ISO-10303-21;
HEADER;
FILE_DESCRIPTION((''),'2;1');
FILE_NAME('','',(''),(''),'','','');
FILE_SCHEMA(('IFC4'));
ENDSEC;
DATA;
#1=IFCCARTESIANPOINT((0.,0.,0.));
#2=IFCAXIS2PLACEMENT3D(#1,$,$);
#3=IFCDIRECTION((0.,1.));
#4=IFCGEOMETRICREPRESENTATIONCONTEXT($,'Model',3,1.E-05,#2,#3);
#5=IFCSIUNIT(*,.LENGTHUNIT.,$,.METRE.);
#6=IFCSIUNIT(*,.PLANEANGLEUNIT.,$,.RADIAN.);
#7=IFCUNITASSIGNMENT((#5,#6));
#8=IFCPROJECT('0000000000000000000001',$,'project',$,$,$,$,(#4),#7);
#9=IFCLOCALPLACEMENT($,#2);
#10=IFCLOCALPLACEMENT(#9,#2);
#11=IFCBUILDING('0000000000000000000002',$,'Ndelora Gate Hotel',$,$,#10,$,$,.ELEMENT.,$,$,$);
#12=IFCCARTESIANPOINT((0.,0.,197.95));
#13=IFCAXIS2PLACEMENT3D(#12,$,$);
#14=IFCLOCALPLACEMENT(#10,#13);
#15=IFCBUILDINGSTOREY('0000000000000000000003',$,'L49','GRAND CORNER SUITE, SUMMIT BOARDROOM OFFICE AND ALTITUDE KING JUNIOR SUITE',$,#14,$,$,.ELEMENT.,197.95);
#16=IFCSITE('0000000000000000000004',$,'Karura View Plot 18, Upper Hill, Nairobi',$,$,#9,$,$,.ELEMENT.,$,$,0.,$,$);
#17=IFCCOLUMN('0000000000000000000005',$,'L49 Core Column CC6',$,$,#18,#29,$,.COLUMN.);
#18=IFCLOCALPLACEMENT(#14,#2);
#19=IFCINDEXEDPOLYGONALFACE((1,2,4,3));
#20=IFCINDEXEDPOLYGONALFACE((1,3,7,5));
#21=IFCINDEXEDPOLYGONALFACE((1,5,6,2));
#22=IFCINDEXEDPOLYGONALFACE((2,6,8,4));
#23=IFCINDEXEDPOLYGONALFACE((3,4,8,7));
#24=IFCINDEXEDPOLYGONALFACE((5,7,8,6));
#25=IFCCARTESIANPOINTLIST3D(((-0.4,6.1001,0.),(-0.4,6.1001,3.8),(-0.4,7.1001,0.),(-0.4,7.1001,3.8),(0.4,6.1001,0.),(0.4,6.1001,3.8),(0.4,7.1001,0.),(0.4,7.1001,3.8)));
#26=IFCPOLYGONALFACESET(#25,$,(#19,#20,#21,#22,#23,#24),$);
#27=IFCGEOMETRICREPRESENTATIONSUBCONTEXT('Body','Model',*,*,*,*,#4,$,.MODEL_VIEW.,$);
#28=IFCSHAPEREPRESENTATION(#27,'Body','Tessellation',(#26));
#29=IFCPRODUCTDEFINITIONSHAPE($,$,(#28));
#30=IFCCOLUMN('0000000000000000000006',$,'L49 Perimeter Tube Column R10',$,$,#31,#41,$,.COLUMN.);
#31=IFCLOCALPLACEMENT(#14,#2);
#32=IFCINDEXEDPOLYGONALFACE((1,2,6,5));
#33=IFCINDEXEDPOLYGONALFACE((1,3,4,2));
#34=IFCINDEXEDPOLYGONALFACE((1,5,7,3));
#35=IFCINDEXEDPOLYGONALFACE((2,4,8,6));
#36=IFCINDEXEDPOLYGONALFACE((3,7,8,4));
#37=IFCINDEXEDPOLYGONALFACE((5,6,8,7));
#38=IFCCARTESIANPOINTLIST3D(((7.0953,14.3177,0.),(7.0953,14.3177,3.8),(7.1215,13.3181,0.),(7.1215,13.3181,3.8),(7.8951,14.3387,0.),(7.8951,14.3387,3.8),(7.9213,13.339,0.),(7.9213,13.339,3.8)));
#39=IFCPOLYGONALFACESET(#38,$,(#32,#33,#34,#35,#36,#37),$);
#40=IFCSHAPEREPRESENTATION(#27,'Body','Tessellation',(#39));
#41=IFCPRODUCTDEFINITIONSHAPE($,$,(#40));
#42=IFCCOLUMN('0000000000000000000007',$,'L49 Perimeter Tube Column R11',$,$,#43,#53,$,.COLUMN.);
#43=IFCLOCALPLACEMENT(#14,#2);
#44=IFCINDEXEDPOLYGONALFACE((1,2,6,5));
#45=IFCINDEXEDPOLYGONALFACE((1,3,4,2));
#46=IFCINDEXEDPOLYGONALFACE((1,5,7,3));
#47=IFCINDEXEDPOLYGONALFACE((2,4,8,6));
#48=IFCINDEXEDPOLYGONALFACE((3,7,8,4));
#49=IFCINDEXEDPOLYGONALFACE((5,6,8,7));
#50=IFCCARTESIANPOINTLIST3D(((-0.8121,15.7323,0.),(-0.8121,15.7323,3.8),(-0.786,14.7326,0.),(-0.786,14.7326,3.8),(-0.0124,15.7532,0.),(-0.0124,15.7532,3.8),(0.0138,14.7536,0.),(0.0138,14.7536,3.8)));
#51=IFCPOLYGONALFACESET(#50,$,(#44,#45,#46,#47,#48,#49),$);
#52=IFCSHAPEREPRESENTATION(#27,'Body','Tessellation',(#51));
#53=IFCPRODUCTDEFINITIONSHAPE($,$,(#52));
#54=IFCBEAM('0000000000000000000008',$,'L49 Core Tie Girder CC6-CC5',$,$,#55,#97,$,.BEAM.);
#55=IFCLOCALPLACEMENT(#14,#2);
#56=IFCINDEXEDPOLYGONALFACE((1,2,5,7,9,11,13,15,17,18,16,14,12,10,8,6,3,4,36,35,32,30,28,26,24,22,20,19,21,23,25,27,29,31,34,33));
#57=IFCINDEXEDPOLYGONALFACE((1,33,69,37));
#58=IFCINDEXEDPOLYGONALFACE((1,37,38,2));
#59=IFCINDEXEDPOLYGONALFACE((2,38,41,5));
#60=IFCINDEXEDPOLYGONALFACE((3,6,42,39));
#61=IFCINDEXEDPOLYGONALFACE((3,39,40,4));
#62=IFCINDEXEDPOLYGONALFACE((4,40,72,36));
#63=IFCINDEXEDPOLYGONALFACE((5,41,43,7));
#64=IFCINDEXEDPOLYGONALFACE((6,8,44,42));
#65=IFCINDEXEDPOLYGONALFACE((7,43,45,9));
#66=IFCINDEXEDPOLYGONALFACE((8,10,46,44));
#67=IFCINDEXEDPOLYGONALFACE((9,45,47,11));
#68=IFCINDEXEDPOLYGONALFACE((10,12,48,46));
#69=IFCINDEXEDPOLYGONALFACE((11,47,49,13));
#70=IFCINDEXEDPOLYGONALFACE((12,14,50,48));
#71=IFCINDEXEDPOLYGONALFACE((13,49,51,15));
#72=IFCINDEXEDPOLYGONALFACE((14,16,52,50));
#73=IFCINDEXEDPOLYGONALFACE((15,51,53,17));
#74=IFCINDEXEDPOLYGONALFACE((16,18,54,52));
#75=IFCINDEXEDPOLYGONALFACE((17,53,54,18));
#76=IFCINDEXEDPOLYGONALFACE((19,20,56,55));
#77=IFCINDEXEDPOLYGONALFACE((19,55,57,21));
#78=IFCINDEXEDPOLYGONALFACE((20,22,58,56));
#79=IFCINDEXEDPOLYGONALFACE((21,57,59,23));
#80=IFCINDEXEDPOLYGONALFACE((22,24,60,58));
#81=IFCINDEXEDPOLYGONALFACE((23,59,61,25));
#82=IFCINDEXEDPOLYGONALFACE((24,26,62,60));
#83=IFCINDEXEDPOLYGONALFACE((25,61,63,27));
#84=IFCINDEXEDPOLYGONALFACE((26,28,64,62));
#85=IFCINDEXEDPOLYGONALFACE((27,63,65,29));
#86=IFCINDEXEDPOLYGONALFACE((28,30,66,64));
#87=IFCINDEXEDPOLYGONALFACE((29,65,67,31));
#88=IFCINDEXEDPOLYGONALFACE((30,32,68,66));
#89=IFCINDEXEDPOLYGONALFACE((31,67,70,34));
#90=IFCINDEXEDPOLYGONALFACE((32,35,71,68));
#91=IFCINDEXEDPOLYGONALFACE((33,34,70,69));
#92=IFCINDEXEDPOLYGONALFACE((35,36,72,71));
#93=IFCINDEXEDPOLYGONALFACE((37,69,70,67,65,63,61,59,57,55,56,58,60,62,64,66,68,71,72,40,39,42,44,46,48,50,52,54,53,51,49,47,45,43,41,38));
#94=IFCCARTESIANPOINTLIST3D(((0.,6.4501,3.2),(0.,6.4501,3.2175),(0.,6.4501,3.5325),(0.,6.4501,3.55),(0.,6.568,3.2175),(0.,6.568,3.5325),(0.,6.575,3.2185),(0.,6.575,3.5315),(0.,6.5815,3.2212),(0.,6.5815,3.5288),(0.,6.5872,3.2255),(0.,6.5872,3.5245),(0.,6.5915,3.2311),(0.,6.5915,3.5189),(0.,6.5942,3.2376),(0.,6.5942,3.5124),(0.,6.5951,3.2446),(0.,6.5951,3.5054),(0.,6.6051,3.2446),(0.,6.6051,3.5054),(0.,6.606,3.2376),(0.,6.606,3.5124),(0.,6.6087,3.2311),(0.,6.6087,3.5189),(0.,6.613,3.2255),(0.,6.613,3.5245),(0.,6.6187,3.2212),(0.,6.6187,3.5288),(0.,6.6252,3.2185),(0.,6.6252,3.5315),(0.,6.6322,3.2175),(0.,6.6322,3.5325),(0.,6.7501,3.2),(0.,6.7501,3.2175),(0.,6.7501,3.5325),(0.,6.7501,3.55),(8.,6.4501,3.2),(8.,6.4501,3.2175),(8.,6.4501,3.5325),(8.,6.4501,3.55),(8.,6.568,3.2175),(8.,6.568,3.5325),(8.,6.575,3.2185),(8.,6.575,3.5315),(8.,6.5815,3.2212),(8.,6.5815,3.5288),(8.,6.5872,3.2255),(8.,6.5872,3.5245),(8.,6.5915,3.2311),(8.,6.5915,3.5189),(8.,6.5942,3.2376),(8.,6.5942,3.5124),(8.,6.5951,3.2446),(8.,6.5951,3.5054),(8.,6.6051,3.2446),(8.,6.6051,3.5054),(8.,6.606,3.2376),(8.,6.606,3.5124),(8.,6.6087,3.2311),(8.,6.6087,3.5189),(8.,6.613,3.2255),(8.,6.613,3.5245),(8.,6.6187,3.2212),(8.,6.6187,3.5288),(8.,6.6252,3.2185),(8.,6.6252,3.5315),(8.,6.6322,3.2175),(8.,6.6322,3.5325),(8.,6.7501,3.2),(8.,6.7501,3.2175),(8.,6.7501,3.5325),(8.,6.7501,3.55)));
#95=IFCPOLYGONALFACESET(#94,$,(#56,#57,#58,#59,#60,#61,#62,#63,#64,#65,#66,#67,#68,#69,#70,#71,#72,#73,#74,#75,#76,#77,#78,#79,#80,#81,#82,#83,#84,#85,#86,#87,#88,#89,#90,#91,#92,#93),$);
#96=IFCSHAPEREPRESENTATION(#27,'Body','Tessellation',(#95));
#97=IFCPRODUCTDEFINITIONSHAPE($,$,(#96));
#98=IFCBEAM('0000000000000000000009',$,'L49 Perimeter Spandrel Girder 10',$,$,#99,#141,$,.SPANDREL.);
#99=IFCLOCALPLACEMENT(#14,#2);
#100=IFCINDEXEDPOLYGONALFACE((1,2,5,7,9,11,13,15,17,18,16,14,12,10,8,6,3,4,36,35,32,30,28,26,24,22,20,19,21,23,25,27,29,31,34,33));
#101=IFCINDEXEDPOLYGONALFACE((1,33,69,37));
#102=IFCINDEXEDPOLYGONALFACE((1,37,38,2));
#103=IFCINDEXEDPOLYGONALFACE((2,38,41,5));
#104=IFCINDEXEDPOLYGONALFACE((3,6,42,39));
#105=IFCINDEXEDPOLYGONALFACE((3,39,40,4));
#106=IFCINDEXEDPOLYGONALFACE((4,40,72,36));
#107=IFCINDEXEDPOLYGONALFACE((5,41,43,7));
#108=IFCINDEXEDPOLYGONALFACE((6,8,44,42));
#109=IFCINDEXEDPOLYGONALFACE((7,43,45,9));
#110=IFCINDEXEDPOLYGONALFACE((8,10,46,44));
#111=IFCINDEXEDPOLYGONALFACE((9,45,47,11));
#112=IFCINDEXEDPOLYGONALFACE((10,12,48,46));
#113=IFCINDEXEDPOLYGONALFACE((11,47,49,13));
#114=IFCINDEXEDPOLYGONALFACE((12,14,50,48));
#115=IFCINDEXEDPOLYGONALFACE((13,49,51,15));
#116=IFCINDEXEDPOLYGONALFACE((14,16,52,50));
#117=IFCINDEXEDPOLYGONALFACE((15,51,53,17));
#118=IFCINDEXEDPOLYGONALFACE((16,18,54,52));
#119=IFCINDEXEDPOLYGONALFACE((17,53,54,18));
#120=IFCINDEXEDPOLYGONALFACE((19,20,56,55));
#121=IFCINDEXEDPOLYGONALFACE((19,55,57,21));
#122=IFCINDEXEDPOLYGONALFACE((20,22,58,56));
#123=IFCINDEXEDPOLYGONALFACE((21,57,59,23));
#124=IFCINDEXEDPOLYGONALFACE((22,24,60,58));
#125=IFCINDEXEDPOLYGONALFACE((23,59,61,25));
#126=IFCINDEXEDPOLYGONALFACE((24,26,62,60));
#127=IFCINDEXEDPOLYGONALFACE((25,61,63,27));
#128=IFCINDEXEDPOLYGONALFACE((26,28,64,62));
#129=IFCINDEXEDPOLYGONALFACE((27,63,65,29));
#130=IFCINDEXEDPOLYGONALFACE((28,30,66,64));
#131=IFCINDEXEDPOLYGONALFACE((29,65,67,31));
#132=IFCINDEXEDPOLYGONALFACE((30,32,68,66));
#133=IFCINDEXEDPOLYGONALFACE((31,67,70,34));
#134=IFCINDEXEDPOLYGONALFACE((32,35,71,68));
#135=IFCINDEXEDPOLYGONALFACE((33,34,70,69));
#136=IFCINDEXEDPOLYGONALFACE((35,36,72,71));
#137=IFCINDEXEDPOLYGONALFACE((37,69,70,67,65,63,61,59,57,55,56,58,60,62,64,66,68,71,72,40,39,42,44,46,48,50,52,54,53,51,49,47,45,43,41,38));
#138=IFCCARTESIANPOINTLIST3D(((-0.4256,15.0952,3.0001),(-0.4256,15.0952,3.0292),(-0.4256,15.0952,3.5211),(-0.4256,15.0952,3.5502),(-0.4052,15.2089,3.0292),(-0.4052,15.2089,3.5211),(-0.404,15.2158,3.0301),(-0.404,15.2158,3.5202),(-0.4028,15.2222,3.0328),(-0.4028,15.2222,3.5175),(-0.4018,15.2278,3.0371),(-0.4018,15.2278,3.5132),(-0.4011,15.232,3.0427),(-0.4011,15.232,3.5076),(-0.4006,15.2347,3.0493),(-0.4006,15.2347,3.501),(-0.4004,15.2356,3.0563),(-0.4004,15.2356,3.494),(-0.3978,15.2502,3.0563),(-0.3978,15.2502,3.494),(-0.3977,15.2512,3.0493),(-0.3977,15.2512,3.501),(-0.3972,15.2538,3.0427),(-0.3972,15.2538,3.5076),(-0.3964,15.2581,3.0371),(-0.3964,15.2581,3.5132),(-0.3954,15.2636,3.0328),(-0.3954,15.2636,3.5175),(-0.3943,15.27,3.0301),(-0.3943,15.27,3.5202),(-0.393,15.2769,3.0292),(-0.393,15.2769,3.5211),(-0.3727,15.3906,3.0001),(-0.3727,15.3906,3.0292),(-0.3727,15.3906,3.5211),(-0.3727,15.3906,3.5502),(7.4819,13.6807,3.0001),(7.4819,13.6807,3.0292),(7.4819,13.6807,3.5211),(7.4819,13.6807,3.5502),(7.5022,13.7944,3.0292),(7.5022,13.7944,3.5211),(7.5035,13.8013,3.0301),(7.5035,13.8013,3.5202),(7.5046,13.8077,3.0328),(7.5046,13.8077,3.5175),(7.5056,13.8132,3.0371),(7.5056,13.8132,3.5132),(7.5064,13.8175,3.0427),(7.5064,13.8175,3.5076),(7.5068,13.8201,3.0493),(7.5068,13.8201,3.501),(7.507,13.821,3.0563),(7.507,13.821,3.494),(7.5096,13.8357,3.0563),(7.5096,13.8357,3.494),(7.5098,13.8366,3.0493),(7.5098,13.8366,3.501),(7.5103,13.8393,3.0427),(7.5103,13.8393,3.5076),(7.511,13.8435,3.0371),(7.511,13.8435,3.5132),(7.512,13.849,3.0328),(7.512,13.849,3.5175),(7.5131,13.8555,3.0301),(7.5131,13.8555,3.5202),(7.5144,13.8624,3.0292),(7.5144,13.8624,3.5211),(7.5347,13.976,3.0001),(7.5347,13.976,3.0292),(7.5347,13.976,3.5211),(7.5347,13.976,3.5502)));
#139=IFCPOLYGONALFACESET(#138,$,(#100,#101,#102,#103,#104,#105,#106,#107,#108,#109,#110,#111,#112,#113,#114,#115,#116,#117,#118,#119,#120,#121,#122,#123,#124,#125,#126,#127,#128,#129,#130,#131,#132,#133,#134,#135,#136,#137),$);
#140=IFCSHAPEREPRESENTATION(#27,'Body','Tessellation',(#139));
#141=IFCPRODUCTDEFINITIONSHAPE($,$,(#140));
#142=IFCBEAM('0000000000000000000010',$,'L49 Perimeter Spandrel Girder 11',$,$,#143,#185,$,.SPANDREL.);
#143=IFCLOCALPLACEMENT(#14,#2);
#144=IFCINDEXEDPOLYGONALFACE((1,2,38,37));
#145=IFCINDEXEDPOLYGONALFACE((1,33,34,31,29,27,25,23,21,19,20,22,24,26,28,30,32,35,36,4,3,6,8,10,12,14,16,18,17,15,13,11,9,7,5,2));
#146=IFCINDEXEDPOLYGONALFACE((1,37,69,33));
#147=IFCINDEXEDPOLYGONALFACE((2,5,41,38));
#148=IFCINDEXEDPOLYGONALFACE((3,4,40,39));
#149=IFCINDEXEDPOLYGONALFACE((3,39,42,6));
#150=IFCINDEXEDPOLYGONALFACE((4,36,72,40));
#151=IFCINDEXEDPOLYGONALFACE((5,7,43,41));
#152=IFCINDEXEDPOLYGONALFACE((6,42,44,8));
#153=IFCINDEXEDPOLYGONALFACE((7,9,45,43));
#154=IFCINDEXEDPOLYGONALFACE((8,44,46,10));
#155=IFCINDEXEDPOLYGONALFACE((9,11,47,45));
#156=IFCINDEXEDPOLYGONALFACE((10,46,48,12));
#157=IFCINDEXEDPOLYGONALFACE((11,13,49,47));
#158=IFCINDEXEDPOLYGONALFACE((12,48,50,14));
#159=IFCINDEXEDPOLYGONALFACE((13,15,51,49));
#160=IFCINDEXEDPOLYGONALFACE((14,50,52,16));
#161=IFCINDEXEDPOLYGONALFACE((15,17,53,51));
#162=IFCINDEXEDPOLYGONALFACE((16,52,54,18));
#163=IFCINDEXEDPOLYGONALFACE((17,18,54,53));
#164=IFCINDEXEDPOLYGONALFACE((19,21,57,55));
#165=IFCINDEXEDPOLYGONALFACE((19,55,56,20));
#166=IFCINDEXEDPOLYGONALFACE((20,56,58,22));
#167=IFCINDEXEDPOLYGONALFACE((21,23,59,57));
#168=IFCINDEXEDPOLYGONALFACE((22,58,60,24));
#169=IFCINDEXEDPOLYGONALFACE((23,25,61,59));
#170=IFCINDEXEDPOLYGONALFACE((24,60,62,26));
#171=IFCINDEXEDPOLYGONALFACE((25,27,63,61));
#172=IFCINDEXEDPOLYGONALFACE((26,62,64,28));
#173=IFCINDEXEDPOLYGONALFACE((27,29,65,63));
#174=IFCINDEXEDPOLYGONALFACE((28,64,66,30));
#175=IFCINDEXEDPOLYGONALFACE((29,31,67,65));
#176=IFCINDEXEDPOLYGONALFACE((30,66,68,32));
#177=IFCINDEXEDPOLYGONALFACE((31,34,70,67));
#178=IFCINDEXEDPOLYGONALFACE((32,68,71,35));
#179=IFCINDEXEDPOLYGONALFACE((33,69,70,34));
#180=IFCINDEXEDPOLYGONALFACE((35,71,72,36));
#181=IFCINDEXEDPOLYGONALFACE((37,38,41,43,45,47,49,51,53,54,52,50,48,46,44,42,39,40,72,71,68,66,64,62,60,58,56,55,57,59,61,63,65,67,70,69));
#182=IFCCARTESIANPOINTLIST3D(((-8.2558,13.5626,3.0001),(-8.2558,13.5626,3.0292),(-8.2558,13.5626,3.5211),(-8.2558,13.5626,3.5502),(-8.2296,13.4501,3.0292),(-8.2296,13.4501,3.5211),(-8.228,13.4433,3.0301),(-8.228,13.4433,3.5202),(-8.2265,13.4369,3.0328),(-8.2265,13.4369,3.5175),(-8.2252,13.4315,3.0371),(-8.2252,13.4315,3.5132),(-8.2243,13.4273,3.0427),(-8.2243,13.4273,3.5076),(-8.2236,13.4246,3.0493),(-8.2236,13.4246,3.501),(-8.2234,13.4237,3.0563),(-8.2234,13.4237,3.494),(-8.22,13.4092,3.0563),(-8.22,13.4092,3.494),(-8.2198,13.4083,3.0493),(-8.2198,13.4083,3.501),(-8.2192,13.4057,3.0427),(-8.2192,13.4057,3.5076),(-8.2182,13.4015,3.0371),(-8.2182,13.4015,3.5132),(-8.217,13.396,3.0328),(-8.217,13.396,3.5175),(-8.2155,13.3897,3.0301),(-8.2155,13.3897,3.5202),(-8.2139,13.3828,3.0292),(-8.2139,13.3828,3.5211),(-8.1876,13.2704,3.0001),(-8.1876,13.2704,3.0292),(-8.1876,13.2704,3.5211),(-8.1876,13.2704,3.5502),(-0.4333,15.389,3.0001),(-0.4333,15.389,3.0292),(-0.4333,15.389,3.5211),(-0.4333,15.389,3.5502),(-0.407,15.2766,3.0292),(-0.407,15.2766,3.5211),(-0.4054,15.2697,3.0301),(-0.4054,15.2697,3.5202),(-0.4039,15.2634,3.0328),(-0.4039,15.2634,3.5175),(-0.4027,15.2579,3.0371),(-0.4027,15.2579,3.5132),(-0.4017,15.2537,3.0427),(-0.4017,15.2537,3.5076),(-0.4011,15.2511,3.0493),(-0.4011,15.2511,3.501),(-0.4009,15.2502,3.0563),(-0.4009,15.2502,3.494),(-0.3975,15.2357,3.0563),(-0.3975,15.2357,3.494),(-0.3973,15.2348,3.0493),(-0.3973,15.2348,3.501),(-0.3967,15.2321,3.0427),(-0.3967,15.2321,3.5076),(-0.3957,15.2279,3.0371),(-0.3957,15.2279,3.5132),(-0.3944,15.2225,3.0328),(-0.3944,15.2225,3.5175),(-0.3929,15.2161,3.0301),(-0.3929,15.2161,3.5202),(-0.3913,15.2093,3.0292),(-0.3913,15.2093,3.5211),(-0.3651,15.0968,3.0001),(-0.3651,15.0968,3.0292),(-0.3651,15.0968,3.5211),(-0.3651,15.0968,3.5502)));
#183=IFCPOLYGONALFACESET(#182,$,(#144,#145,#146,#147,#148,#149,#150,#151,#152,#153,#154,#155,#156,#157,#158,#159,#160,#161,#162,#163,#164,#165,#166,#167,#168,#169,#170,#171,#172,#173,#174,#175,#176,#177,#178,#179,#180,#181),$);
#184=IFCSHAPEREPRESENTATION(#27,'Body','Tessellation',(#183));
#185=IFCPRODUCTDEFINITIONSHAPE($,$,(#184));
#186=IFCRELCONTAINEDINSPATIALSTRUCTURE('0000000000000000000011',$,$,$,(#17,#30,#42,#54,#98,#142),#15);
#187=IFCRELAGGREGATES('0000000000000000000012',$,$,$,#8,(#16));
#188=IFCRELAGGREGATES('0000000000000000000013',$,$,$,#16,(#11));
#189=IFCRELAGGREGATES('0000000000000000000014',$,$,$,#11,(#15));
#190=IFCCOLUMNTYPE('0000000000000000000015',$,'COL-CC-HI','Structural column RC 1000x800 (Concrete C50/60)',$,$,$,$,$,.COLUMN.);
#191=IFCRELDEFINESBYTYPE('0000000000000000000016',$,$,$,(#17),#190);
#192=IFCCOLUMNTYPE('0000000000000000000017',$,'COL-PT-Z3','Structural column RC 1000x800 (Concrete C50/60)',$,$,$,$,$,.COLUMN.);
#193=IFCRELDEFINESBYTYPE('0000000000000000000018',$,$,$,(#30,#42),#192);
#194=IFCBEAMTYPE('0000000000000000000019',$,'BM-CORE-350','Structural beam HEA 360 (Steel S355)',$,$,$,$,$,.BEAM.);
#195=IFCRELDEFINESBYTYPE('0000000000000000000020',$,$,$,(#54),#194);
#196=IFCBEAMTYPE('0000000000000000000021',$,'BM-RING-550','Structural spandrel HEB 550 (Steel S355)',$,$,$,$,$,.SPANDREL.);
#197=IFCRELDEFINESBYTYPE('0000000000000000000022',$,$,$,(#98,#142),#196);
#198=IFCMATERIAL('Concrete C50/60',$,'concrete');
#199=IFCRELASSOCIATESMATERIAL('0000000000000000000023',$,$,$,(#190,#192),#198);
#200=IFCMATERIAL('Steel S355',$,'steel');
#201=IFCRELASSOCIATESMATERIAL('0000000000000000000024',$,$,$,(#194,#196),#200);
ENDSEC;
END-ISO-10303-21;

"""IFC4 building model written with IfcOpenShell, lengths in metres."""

from ifc_helpers import new_model, si_unit, direction, frame, origin, origin_2d, place, context, subcontext, project, spatial, rectangle, i_section, extrude, material, material_profile, profile_set, type_object, element, save


model = new_model("IFC4")

# Units and contexts
model_context = context("Model", 3, precision=1e-05, world=origin(), true_north=direction((0.0, 1.0)))
body_context = subcontext(model_context, "Body", "Model", "MODEL_VIEW")
ifc_project = project(units=[si_unit("LENGTHUNIT", "METRE"), si_unit("PLANEANGLEUNIT", "RADIAN")], contexts=[model_context])

# Site, building, storey
site_placement = place(None, origin())
site = spatial("IfcSite", under=ifc_project, at=site_placement, Name="Karura View Plot 18, Upper Hill, Nairobi", CompositionType="ELEMENT", RefElevation=0.0)
building_placement = place(site_placement, origin())
building = spatial("IfcBuilding", under=site, at=building_placement, Name="Ndelora Gate Hotel", CompositionType="ELEMENT")
storey_placement = place(building_placement, frame((0.0, 0.0, 197.95)))
storey = spatial("IfcBuildingStorey", under=building, at=storey_placement, Name="L49", Description="GRAND CORNER SUITE, SUMMIT BOARDROOM OFFICE AND ALTITUDE KING JUNIOR SUITE", CompositionType="ELEMENT", Elevation=197.95)

# Columns
ifc_material_1 = material(Name="Concrete C50/60", Category="concrete")
ifc_material_profile_1 = material_profile(ifc_material_1, rectangle(XDim=0.8, YDim=1.0, at=origin_2d()), Name="RC 1000x800")
ifc_profile_set_1 = profile_set([ifc_material_profile_1], Name="Concrete C50/60")
column_type_1 = type_object("IfcColumnType", Name="COL-CC-HI", Description="Structural column RC 1000x800 (Concrete C50/60)", PredefinedType="COLUMN", material=ifc_profile_set_1)
column_placement = place(storey_placement, frame((0.0, 6.6001, 0.0), z_axis=(0.0, 0.0, 1.0), x_axis=(1.0, 0.0, 0.0)))
element("IfcColumn", 1, at=column_placement, inside=storey, type_object=column_type_1, Name="L49 Core Column CC6", PredefinedType="COLUMN", context=body_context, shape_type="SweptSolid", body=[
    extrude(rectangle(XDim=0.8, YDim=1.0, at=origin_2d()), origin(), (0.0, 0.0, 1.0), 3.8),
])
ifc_material_profile_2 = material_profile(ifc_material_1, rectangle(XDim=0.8, YDim=1.0, at=origin_2d()), Name="RC 1000x800")
ifc_profile_set_2 = profile_set([ifc_material_profile_2], Name="Concrete C50/60")
column_type_2 = type_object("IfcColumnType", Name="COL-PT-Z3", Description="Structural column RC 1000x800 (Concrete C50/60)", PredefinedType="COLUMN", material=ifc_profile_set_2)
for number, where, z_axis, x_axis, name in (
    (2, (7.5083, 13.8284, 0.0), (0.0, 0.0, 1.0), (0.999657, 0.026177, 0.0), "L49 Perimeter Tube Column R10"),
    (3, (-0.3992, 15.2429, 0.0), (0.0, 0.0, 1.0), (0.999657, 0.026177, 0.0), "L49 Perimeter Tube Column R11"),
):
    element("IfcColumn", number, at=place(storey_placement, frame(where, z_axis=z_axis, x_axis=x_axis)), inside=storey, type_object=column_type_2, Name=name, PredefinedType="COLUMN", context=body_context, shape_type="SweptSolid", body=[
        extrude(rectangle(XDim=0.8, YDim=1.0, at=origin_2d()), origin(), (0.0, 0.0, 1.0), 3.8),
    ])

# Beams
ifc_material_2 = material(Name="Steel S355", Category="steel")
ifc_material_profile_3 = material_profile(ifc_material_2, i_section(OverallWidth=0.3, OverallDepth=0.3501, WebThickness=0.01, FlangeThickness=0.0176, FilletRadius=0.0271, at=origin_2d()), Name="HEA 360")
ifc_profile_set_3 = profile_set([ifc_material_profile_3], Name="Steel S355")
beam_type_1 = type_object("IfcBeamType", Name="BM-CORE-350", Description="Structural beam HEA 360 (Steel S355)", PredefinedType="BEAM", material=ifc_profile_set_3)
beam_placement = place(storey_placement, frame((0.0, 6.6001, 3.375), z_axis=(1.0, 0.0, 0.0), x_axis=(0.0, 1.0, 0.0)))
element("IfcBeam", 4, at=beam_placement, inside=storey, type_object=beam_type_1, Name="L49 Core Tie Girder CC6-CC5", PredefinedType="BEAM", context=body_context, shape_type="SweptSolid", body=[
    extrude(i_section(OverallWidth=0.3, OverallDepth=0.3501, WebThickness=0.01, FlangeThickness=0.0176, FilletRadius=0.0271, at=origin_2d()), origin(), (0.0, 0.0, 1.0), 8.0),
])
ifc_material_profile_4 = material_profile(ifc_material_2, i_section(OverallWidth=0.3, OverallDepth=0.55, WebThickness=0.0149, FlangeThickness=0.0291, FilletRadius=0.0271, at=origin_2d()), Name="HEB 550")
ifc_profile_set_4 = profile_set([ifc_material_profile_4], Name="Steel S355")
beam_type_2 = type_object("IfcBeamType", Name="BM-RING-550", Description="Structural spandrel HEB 550 (Steel S355)", PredefinedType="SPANDREL", material=ifc_profile_set_4)
for number, where, z_axis, x_axis, name in (
    (5, (7.5083, 13.8284, 3.2751), (-0.984374, 0.176093, 0.0), (-0.176093, -0.984374, 0.0), "L49 Perimeter Spandrel Girder 10"),
    (6, (-0.3992, 15.2429, 3.2751), (-0.973809, -0.227367, 0.0), (0.227367, -0.973809, 0.0), "L49 Perimeter Spandrel Girder 11"),
):
    element("IfcBeam", number, at=place(storey_placement, frame(where, z_axis=z_axis, x_axis=x_axis)), inside=storey, type_object=beam_type_2, Name=name, PredefinedType="SPANDREL", context=body_context, shape_type="SweptSolid", body=[
        extrude(i_section(OverallWidth=0.3, OverallDepth=0.55, WebThickness=0.0149, FlangeThickness=0.0291, FilletRadius=0.0271, at=origin_2d()), origin(), (0.0, 0.0, 1.0), 8.033),
    ])

save(model, "model.ifc")
